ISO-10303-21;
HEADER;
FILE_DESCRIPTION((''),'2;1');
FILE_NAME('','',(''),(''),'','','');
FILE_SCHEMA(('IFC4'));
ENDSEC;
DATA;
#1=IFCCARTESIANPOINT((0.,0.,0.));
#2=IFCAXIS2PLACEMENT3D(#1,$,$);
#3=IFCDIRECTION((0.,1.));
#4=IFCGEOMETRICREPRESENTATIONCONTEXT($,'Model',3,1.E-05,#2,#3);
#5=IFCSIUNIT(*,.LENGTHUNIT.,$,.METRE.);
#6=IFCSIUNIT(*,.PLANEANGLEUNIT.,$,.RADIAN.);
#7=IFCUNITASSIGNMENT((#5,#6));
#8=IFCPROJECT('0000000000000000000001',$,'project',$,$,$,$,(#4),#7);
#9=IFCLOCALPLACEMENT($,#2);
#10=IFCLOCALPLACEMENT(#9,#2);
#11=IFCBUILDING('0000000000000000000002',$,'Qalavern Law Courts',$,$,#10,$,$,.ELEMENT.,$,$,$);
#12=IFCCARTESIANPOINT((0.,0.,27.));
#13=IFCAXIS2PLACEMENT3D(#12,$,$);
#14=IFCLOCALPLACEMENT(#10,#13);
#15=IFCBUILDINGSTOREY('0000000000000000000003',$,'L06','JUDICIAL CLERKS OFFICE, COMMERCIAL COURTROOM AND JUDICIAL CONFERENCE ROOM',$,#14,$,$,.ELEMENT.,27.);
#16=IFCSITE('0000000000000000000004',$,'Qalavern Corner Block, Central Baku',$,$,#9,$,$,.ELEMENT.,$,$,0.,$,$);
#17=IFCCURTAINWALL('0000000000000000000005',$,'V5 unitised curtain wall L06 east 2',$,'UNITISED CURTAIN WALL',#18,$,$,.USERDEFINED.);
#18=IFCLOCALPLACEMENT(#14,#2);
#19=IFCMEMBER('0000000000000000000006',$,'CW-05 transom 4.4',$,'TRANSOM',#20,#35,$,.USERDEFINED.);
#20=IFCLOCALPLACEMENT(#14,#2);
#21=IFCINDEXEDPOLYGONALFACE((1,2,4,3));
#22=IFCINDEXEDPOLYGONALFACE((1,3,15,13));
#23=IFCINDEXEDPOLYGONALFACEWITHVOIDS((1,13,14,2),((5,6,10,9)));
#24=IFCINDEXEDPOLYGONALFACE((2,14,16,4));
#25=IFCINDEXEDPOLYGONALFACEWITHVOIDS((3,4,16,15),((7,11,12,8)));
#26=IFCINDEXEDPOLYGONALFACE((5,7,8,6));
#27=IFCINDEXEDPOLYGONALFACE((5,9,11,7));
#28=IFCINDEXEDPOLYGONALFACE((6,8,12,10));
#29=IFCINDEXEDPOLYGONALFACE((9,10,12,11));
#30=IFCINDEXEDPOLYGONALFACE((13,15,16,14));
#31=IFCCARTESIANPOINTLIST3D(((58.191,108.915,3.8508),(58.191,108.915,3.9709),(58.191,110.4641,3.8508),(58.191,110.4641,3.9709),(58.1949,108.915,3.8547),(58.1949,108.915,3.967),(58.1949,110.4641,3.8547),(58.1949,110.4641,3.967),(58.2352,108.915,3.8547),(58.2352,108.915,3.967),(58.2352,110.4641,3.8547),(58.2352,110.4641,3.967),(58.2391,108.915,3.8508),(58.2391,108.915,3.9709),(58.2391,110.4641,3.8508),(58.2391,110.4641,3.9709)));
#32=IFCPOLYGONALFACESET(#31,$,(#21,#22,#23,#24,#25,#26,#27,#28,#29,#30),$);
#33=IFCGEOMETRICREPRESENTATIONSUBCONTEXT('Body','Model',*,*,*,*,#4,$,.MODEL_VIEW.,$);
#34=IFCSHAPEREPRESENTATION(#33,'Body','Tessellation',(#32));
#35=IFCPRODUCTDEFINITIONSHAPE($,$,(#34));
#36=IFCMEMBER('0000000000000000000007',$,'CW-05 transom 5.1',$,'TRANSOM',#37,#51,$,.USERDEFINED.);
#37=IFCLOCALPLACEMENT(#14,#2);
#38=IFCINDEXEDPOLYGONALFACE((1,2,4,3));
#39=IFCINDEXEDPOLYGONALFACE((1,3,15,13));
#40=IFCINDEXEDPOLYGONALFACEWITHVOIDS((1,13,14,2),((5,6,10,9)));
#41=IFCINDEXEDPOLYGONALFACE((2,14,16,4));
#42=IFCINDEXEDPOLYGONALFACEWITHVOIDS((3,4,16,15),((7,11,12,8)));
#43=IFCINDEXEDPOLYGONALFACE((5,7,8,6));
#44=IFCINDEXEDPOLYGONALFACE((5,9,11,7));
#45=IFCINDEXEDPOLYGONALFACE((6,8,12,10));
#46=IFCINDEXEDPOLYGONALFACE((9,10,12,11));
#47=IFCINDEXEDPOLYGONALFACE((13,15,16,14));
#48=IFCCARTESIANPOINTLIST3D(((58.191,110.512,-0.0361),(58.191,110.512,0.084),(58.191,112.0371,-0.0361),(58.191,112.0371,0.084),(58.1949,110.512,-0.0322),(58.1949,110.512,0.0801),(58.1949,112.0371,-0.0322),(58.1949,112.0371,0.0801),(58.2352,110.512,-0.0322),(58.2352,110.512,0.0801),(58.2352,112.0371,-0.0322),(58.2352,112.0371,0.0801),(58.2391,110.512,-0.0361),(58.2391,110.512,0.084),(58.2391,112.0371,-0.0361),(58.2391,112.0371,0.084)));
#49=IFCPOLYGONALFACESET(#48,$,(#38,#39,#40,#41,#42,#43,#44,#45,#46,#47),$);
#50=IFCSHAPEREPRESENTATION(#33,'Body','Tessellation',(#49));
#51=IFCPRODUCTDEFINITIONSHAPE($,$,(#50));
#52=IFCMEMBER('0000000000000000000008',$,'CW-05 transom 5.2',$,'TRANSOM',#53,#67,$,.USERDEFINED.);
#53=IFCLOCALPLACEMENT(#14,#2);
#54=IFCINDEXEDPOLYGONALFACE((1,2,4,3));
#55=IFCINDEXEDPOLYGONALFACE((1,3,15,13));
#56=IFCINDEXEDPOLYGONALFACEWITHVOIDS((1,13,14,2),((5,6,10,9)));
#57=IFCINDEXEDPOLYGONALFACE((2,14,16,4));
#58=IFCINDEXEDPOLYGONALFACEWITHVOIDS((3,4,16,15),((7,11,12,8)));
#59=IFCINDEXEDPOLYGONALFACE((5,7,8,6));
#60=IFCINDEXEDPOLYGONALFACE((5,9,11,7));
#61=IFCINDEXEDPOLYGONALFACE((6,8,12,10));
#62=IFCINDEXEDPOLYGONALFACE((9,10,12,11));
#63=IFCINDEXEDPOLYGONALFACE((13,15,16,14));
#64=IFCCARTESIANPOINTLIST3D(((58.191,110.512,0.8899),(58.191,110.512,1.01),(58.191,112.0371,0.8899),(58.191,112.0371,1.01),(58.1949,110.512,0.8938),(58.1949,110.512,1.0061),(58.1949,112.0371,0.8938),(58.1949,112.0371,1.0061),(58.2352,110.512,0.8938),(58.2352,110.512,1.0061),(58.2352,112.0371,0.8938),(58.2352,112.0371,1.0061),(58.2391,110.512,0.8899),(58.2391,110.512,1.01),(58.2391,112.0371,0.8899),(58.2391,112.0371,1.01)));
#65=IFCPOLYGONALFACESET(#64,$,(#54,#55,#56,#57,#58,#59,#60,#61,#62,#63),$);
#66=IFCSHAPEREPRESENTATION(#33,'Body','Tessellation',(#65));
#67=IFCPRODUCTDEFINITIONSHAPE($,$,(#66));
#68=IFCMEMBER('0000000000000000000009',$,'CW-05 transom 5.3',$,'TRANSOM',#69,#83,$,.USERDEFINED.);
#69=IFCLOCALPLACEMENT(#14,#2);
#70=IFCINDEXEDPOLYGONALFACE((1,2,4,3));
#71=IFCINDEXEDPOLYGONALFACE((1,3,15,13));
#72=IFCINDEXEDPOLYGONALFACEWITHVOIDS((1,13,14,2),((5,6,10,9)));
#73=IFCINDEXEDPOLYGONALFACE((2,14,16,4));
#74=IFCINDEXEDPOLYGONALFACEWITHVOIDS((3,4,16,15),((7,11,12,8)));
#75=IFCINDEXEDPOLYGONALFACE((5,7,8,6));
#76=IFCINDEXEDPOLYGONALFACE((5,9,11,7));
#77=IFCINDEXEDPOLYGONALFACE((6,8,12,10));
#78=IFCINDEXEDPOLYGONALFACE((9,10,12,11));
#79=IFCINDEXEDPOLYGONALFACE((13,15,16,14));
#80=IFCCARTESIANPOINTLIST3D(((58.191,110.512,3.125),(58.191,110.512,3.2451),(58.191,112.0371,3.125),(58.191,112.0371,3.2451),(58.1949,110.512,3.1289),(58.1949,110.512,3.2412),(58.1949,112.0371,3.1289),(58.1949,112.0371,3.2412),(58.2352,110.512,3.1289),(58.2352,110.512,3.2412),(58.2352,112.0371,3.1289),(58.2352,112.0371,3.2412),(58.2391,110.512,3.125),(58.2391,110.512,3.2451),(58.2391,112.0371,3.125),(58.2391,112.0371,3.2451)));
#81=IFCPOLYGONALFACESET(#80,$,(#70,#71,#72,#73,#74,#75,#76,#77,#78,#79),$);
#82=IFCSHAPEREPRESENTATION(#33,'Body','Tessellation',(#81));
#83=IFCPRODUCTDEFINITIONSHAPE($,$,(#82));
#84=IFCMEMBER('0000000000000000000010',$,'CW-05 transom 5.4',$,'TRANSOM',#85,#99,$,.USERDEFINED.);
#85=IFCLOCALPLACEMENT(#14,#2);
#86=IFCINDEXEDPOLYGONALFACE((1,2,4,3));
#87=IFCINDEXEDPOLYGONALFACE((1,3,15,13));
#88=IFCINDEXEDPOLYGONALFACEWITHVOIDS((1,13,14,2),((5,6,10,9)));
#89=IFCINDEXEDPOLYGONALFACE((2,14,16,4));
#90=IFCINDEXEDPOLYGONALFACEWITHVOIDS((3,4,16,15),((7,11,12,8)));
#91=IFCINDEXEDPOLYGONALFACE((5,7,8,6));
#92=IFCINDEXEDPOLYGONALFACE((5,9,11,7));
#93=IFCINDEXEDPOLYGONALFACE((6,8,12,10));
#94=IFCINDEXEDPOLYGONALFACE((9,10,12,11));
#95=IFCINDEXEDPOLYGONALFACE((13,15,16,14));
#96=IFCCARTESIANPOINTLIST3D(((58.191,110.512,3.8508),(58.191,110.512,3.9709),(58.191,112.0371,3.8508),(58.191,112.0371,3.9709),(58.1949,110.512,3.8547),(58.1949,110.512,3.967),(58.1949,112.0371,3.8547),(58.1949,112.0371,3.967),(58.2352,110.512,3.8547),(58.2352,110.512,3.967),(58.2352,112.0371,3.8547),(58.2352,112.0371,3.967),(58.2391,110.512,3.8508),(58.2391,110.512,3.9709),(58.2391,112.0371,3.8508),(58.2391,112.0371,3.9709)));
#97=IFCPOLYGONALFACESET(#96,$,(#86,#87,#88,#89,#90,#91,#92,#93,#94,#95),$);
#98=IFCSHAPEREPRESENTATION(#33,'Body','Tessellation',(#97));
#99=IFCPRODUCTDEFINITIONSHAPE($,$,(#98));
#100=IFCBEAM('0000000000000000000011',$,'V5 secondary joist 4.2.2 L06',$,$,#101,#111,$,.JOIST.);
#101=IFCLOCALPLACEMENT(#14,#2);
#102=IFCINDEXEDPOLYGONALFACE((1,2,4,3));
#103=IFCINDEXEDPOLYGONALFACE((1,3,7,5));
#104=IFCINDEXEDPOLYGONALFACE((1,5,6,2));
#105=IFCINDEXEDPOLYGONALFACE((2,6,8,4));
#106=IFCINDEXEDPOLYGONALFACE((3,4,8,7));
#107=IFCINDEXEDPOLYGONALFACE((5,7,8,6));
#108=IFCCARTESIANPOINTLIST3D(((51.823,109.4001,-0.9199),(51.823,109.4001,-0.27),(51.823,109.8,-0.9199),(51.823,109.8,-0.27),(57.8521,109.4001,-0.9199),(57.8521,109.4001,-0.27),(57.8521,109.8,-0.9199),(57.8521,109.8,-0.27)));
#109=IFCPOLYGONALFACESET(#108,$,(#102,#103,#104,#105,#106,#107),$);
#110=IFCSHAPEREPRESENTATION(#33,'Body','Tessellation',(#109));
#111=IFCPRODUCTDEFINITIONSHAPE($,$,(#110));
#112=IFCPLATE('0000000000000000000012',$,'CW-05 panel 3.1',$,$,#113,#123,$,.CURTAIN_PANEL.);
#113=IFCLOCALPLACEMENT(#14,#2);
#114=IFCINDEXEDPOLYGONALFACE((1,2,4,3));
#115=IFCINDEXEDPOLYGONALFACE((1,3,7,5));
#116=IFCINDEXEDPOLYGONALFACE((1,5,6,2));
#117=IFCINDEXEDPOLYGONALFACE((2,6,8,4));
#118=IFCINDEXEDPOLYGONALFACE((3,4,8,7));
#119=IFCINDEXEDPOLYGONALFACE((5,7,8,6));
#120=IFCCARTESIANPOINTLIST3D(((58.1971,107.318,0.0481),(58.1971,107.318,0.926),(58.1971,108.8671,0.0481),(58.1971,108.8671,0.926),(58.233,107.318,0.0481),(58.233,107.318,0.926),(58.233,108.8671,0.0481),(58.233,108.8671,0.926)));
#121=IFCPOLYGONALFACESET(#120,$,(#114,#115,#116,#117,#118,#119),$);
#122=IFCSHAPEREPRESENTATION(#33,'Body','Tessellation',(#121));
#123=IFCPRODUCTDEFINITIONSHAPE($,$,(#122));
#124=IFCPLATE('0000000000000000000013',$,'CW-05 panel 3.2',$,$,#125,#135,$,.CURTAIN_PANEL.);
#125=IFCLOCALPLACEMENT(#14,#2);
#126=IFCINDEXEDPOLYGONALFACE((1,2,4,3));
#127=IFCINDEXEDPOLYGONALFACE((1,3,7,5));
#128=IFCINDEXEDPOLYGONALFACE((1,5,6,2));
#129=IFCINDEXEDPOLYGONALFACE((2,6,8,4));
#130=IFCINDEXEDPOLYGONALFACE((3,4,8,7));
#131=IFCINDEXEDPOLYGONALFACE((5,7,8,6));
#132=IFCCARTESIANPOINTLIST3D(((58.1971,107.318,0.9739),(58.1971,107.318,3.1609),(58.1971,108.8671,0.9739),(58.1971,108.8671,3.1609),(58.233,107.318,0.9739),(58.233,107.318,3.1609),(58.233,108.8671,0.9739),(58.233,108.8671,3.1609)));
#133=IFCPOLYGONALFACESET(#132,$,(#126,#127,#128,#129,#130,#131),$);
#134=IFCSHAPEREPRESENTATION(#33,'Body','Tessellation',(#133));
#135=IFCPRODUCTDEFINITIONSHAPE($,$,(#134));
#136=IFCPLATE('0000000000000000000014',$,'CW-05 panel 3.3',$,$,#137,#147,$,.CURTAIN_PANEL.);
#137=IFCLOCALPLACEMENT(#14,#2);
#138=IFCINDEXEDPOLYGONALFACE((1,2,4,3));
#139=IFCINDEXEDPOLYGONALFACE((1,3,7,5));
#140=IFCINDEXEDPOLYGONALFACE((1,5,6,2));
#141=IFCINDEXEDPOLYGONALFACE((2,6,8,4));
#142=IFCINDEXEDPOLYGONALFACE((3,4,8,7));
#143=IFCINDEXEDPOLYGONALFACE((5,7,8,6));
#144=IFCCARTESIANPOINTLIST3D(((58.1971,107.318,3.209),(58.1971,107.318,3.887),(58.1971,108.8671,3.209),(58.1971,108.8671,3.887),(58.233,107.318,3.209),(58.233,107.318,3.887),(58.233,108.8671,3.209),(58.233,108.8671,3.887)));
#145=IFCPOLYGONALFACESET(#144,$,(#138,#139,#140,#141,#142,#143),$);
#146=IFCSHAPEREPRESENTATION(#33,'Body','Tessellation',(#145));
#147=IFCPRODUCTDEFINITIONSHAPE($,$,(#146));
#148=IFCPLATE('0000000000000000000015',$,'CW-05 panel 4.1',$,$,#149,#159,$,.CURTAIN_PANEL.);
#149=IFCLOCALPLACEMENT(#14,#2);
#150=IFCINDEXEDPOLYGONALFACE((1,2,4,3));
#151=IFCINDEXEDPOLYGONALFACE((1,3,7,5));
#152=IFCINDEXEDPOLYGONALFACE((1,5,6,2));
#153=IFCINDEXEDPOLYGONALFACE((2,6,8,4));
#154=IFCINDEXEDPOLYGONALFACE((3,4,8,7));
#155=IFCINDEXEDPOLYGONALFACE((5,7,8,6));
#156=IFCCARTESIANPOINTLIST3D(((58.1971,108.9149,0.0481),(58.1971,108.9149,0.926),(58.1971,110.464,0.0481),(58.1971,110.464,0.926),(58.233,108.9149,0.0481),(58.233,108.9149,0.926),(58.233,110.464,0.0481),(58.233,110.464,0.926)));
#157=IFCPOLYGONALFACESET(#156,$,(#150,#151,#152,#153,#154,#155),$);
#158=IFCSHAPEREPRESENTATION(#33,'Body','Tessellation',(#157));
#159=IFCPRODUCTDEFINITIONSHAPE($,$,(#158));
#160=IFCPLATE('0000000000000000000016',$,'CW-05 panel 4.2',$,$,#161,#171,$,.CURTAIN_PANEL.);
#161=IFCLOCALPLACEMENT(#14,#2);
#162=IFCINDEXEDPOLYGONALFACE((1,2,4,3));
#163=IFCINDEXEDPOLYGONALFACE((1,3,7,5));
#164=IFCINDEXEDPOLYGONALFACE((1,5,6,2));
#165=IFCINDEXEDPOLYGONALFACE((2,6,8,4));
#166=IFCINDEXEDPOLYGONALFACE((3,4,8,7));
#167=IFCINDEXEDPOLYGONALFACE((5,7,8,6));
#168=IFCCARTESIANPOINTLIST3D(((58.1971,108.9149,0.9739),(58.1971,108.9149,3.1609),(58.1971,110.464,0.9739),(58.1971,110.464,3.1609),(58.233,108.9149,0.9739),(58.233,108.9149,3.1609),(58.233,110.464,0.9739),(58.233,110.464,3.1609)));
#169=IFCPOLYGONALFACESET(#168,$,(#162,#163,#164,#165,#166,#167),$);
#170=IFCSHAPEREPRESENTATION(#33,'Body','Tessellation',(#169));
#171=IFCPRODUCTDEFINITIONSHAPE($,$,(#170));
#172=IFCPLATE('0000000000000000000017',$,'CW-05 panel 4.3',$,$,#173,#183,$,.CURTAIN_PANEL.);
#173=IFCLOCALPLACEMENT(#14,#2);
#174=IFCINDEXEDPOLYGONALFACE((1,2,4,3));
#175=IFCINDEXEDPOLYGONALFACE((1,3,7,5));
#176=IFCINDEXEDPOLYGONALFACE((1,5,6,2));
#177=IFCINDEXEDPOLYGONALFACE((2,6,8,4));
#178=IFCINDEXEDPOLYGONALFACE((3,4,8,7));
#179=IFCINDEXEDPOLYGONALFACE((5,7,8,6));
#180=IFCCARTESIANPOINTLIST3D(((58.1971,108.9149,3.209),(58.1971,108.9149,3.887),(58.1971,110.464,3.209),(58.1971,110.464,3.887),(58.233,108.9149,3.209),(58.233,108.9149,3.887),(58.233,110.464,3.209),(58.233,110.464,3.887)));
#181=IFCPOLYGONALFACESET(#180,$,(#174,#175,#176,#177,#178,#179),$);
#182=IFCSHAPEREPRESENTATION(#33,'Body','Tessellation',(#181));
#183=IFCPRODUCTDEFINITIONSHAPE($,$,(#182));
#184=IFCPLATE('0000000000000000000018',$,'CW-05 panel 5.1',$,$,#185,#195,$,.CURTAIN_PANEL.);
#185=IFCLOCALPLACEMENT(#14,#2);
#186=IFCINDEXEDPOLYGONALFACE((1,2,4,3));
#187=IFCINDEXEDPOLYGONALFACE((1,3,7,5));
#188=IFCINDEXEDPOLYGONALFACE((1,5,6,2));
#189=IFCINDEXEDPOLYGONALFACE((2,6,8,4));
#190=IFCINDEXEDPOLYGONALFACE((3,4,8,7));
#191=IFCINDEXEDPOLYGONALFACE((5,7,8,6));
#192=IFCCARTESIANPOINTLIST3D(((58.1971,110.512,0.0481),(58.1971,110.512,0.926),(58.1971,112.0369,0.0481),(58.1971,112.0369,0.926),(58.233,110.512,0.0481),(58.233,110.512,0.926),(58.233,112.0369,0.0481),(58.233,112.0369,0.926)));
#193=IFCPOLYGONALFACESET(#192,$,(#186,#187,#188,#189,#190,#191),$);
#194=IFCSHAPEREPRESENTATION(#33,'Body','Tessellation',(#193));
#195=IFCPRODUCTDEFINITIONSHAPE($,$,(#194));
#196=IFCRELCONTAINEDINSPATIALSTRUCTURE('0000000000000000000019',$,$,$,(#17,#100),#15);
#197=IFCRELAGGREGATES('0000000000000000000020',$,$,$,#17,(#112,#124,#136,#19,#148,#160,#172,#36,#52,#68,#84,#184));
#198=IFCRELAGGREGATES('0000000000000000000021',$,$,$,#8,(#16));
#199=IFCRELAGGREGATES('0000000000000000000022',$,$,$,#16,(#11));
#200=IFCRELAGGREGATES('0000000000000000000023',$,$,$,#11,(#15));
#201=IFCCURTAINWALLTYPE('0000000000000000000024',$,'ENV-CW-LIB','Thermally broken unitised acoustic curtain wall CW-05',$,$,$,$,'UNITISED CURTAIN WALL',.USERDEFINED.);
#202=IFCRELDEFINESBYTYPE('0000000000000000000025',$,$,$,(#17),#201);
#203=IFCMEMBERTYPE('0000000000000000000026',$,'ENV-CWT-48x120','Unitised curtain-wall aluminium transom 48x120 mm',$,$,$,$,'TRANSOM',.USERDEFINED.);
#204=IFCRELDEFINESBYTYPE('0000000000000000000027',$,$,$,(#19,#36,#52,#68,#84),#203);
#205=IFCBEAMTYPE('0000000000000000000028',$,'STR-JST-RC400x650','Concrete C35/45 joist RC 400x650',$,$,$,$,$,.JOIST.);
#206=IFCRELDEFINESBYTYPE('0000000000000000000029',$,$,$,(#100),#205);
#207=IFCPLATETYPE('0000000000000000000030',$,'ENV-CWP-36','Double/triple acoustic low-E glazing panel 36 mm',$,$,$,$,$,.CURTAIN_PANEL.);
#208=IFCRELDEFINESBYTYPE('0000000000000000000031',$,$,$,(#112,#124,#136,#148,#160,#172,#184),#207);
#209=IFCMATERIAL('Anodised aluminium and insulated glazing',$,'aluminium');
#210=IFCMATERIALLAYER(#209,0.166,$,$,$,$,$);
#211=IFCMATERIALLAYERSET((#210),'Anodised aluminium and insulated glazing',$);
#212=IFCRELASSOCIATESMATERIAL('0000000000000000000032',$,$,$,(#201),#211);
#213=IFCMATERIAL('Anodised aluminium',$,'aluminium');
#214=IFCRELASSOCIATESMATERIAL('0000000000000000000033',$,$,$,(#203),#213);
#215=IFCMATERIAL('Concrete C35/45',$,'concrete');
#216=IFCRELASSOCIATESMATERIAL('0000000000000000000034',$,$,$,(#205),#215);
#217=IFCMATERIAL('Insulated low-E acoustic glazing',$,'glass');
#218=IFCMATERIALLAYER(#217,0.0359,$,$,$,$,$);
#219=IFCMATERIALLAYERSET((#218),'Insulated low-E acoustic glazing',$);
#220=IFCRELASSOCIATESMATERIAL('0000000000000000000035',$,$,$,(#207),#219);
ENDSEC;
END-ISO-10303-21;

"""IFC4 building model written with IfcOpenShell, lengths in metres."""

from ifc_helpers import new_model, si_unit, direction, frame, origin, origin_2d, place, context, subcontext, project, spatial, rectangle, hollow_rectangle, extrude, material, layer, layer_set, material_profile, profile_set, type_object, element, aggregate, save


model = new_model("IFC4")

# Units and contexts
model_context = context("Model", 3, precision=1e-05, world=origin(), true_north=direction((0.0, 1.0)))
body_context = subcontext(model_context, "Body", "Model", "MODEL_VIEW")
ifc_project = project(units=[si_unit("LENGTHUNIT", "METRE"), si_unit("PLANEANGLEUNIT", "RADIAN")], contexts=[model_context])

# Site, building, storey
site_placement = place(None, origin())
site = spatial("IfcSite", under=ifc_project, at=site_placement, Name="Qalavern Corner Block, Central Baku", CompositionType="ELEMENT", RefElevation=0.0)
building_placement = place(site_placement, origin())
building = spatial("IfcBuilding", under=site, at=building_placement, Name="Qalavern Law Courts", CompositionType="ELEMENT")
storey_placement = place(building_placement, frame((0.0, 0.0, 27.0)))
storey = spatial("IfcBuildingStorey", under=building, at=storey_placement, Name="L06", Description="JUDICIAL CLERKS OFFICE, COMMERCIAL COURTROOM AND JUDICIAL CONFERENCE ROOM", CompositionType="ELEMENT", Elevation=27.0)

# Curtain wall, members
ifc_material_1 = material(Name="Anodised aluminium and insulated glazing", Category="aluminium")
ifc_layer_1 = layer(ifc_material_1, 0.166)
ifc_layer_set_1 = layer_set([ifc_layer_1], Name="Anodised aluminium and insulated glazing")
curtain_wall_type = type_object("IfcCurtainWallType", Name="ENV-CW-LIB", Description="Thermally broken unitised acoustic curtain wall CW-05", ElementType="UNITISED CURTAIN WALL", PredefinedType="USERDEFINED", material=ifc_layer_set_1)
curtain_wall_placement = place(storey_placement, origin())
curtain_wall = element("IfcCurtainWall", 1, at=curtain_wall_placement, inside=storey, type_object=curtain_wall_type, Name="V5 unitised curtain wall L06 east 2", ObjectType="UNITISED CURTAIN WALL", PredefinedType="USERDEFINED")
ifc_material_2 = material(Name="Anodised aluminium", Category="aluminium")
ifc_material_profile_1 = material_profile(ifc_material_2, hollow_rectangle(XDim=0.0481, YDim=0.1201, WallThickness=0.0039, at=origin_2d()), Name="ALU TRANSOM 48x120")
ifc_profile_set_1 = profile_set([ifc_material_profile_1], Name="Anodised aluminium")
member_type_1 = type_object("IfcMemberType", Name="ENV-CWT-48x120", Description="Unitised curtain-wall aluminium transom 48x120 mm", ElementType="TRANSOM", PredefinedType="USERDEFINED", material=ifc_profile_set_1)
member_1_placement = place(storey_placement, frame((58.2151, 108.915, 3.9109), z_axis=(0.0, 1.0, 0.0), x_axis=(-1.0, 0.0, 0.0)))
member_1 = element("IfcMember", 2, at=member_1_placement, type_object=member_type_1, Name="CW-05 transom 4.4", ObjectType="TRANSOM", PredefinedType="USERDEFINED", context=body_context, shape_type="SweptSolid", body=[
    extrude(hollow_rectangle(XDim=0.0481, YDim=0.1201, WallThickness=0.0039, at=origin_2d()), origin(), (0.0, 0.0, 1.0), 1.5491),
])
member_2_placement = place(storey_placement, frame((58.2151, 110.512, 0.0239), z_axis=(0.0, 1.0, 0.0), x_axis=(-1.0, 0.0, 0.0)))
member_2 = element("IfcMember", 3, at=member_2_placement, type_object=member_type_1, Name="CW-05 transom 5.1", ObjectType="TRANSOM", PredefinedType="USERDEFINED", context=body_context, shape_type="SweptSolid", body=[
    extrude(hollow_rectangle(XDim=0.0481, YDim=0.1201, WallThickness=0.0039, at=origin_2d()), origin(), (0.0, 0.0, 1.0), 1.5251),
])
member_3_placement = place(storey_placement, frame((58.2151, 110.512, 0.95), z_axis=(0.0, 1.0, 0.0), x_axis=(-1.0, 0.0, 0.0)))
member_3 = element("IfcMember", 4, at=member_3_placement, type_object=member_type_1, Name="CW-05 transom 5.2", ObjectType="TRANSOM", PredefinedType="USERDEFINED", context=body_context, shape_type="SweptSolid", body=[
    extrude(hollow_rectangle(XDim=0.0481, YDim=0.1201, WallThickness=0.0039, at=origin_2d()), origin(), (0.0, 0.0, 1.0), 1.5251),
])
member_4_placement = place(storey_placement, frame((58.2151, 110.512, 3.1851), z_axis=(0.0, 1.0, 0.0), x_axis=(-1.0, 0.0, 0.0)))
member_4 = element("IfcMember", 5, at=member_4_placement, type_object=member_type_1, Name="CW-05 transom 5.3", ObjectType="TRANSOM", PredefinedType="USERDEFINED", context=body_context, shape_type="SweptSolid", body=[
    extrude(hollow_rectangle(XDim=0.0481, YDim=0.1201, WallThickness=0.0039, at=origin_2d()), origin(), (0.0, 0.0, 1.0), 1.5251),
])
member_5_placement = place(storey_placement, frame((58.2151, 110.512, 3.9109), z_axis=(0.0, 1.0, 0.0), x_axis=(-1.0, 0.0, 0.0)))
member_5 = element("IfcMember", 6, at=member_5_placement, type_object=member_type_1, Name="CW-05 transom 5.4", ObjectType="TRANSOM", PredefinedType="USERDEFINED", context=body_context, shape_type="SweptSolid", body=[
    extrude(hollow_rectangle(XDim=0.0481, YDim=0.1201, WallThickness=0.0039, at=origin_2d()), origin(), (0.0, 0.0, 1.0), 1.5251),
])

# Beam
ifc_material_3 = material(Name="Concrete C35/45", Category="concrete")
ifc_material_profile_2 = material_profile(ifc_material_3, rectangle(XDim=0.3999, YDim=0.6499, at=origin_2d()), Name="RC 400x650")
ifc_profile_set_2 = profile_set([ifc_material_profile_2], Name="Concrete C35/45")
beam_type = type_object("IfcBeamType", Name="STR-JST-RC400x650", Description="Concrete C35/45 joist RC 400x650", PredefinedType="JOIST", material=ifc_profile_set_2)
beam_placement = place(storey_placement, frame((51.823, 109.6001, -0.595), z_axis=(1.0, 0.0, 0.0), x_axis=(0.0, 1.0, 0.0)))
element("IfcBeam", 7, at=beam_placement, inside=storey, type_object=beam_type, Name="V5 secondary joist 4.2.2 L06", PredefinedType="JOIST", context=body_context, shape_type="SweptSolid", body=[
    extrude(rectangle(XDim=0.3999, YDim=0.6499, at=origin_2d()), origin(), (0.0, 0.0, 1.0), 6.0291),
])

# Plates
ifc_material_4 = material(Name="Insulated low-E acoustic glazing", Category="glass")
ifc_layer_2 = layer(ifc_material_4, 0.0359)
ifc_layer_set_2 = layer_set([ifc_layer_2], Name="Insulated low-E acoustic glazing")
plate_type = type_object("IfcPlateType", Name="ENV-CWP-36", Description="Double/triple acoustic low-E glazing panel 36 mm", PredefinedType="CURTAIN_PANEL", material=ifc_layer_set_2)
plate_1_placement = place(storey_placement, frame((58.2151, 108.0925, 0.0481), z_axis=(0.0, 0.0, 1.0), x_axis=(0.0, 1.0, 0.0)))
plate_1 = element("IfcPlate", 8, at=plate_1_placement, type_object=plate_type, Name="CW-05 panel 3.1", PredefinedType="CURTAIN_PANEL", context=body_context, shape_type="SweptSolid", body=[
    extrude(rectangle(XDim=1.5491, YDim=0.0359, at=origin_2d()), origin(), (0.0, 0.0, 1.0), 0.8779),
])
plate_2_placement = place(storey_placement, frame((58.2151, 108.0925, 0.9739), z_axis=(0.0, 0.0, 1.0), x_axis=(0.0, 1.0, 0.0)))
plate_2 = element("IfcPlate", 9, at=plate_2_placement, type_object=plate_type, Name="CW-05 panel 3.2", PredefinedType="CURTAIN_PANEL", context=body_context, shape_type="SweptSolid", body=[
    extrude(rectangle(XDim=1.5491, YDim=0.0359, at=origin_2d()), origin(), (0.0, 0.0, 1.0), 2.187),
])
plate_3_placement = place(storey_placement, frame((58.2151, 108.0925, 3.209), z_axis=(0.0, 0.0, 1.0), x_axis=(0.0, 1.0, 0.0)))
plate_3 = element("IfcPlate", 10, at=plate_3_placement, type_object=plate_type, Name="CW-05 panel 3.3", PredefinedType="CURTAIN_PANEL", context=body_context, shape_type="SweptSolid", body=[
    extrude(rectangle(XDim=1.5491, YDim=0.0359, at=origin_2d()), origin(), (0.0, 0.0, 1.0), 0.678),
])
plate_4_placement = place(storey_placement, frame((58.2151, 109.6895, 0.0481), z_axis=(0.0, 0.0, 1.0), x_axis=(0.0, 1.0, 0.0)))
plate_4 = element("IfcPlate", 11, at=plate_4_placement, type_object=plate_type, Name="CW-05 panel 4.1", PredefinedType="CURTAIN_PANEL", context=body_context, shape_type="SweptSolid", body=[
    extrude(rectangle(XDim=1.5491, YDim=0.0359, at=origin_2d()), origin(), (0.0, 0.0, 1.0), 0.8779),
])
plate_5_placement = place(storey_placement, frame((58.2151, 109.6895, 0.9739), z_axis=(0.0, 0.0, 1.0), x_axis=(0.0, 1.0, 0.0)))
plate_5 = element("IfcPlate", 12, at=plate_5_placement, type_object=plate_type, Name="CW-05 panel 4.2", PredefinedType="CURTAIN_PANEL", context=body_context, shape_type="SweptSolid", body=[
    extrude(rectangle(XDim=1.5491, YDim=0.0359, at=origin_2d()), origin(), (0.0, 0.0, 1.0), 2.187),
])
plate_6_placement = place(storey_placement, frame((58.2151, 109.6895, 3.209), z_axis=(0.0, 0.0, 1.0), x_axis=(0.0, 1.0, 0.0)))
plate_6 = element("IfcPlate", 13, at=plate_6_placement, type_object=plate_type, Name="CW-05 panel 4.3", PredefinedType="CURTAIN_PANEL", context=body_context, shape_type="SweptSolid", body=[
    extrude(rectangle(XDim=1.5491, YDim=0.0359, at=origin_2d()), origin(), (0.0, 0.0, 1.0), 0.678),
])
plate_7_placement = place(storey_placement, frame((58.2151, 111.2744, 0.0481), z_axis=(0.0, 0.0, 1.0), x_axis=(0.0, 1.0, 0.0)))
plate_7 = element("IfcPlate", 14, at=plate_7_placement, type_object=plate_type, Name="CW-05 panel 5.1", PredefinedType="CURTAIN_PANEL", context=body_context, shape_type="SweptSolid", body=[
    extrude(rectangle(XDim=1.5249, YDim=0.0359, at=origin_2d()), origin(), (0.0, 0.0, 1.0), 0.8779),
])
aggregate(curtain_wall, [plate_1, plate_2, plate_3, member_1, plate_4, plate_5, plate_6, member_2, member_3, member_4, member_5, plate_7])

save(model, "model.ifc")
